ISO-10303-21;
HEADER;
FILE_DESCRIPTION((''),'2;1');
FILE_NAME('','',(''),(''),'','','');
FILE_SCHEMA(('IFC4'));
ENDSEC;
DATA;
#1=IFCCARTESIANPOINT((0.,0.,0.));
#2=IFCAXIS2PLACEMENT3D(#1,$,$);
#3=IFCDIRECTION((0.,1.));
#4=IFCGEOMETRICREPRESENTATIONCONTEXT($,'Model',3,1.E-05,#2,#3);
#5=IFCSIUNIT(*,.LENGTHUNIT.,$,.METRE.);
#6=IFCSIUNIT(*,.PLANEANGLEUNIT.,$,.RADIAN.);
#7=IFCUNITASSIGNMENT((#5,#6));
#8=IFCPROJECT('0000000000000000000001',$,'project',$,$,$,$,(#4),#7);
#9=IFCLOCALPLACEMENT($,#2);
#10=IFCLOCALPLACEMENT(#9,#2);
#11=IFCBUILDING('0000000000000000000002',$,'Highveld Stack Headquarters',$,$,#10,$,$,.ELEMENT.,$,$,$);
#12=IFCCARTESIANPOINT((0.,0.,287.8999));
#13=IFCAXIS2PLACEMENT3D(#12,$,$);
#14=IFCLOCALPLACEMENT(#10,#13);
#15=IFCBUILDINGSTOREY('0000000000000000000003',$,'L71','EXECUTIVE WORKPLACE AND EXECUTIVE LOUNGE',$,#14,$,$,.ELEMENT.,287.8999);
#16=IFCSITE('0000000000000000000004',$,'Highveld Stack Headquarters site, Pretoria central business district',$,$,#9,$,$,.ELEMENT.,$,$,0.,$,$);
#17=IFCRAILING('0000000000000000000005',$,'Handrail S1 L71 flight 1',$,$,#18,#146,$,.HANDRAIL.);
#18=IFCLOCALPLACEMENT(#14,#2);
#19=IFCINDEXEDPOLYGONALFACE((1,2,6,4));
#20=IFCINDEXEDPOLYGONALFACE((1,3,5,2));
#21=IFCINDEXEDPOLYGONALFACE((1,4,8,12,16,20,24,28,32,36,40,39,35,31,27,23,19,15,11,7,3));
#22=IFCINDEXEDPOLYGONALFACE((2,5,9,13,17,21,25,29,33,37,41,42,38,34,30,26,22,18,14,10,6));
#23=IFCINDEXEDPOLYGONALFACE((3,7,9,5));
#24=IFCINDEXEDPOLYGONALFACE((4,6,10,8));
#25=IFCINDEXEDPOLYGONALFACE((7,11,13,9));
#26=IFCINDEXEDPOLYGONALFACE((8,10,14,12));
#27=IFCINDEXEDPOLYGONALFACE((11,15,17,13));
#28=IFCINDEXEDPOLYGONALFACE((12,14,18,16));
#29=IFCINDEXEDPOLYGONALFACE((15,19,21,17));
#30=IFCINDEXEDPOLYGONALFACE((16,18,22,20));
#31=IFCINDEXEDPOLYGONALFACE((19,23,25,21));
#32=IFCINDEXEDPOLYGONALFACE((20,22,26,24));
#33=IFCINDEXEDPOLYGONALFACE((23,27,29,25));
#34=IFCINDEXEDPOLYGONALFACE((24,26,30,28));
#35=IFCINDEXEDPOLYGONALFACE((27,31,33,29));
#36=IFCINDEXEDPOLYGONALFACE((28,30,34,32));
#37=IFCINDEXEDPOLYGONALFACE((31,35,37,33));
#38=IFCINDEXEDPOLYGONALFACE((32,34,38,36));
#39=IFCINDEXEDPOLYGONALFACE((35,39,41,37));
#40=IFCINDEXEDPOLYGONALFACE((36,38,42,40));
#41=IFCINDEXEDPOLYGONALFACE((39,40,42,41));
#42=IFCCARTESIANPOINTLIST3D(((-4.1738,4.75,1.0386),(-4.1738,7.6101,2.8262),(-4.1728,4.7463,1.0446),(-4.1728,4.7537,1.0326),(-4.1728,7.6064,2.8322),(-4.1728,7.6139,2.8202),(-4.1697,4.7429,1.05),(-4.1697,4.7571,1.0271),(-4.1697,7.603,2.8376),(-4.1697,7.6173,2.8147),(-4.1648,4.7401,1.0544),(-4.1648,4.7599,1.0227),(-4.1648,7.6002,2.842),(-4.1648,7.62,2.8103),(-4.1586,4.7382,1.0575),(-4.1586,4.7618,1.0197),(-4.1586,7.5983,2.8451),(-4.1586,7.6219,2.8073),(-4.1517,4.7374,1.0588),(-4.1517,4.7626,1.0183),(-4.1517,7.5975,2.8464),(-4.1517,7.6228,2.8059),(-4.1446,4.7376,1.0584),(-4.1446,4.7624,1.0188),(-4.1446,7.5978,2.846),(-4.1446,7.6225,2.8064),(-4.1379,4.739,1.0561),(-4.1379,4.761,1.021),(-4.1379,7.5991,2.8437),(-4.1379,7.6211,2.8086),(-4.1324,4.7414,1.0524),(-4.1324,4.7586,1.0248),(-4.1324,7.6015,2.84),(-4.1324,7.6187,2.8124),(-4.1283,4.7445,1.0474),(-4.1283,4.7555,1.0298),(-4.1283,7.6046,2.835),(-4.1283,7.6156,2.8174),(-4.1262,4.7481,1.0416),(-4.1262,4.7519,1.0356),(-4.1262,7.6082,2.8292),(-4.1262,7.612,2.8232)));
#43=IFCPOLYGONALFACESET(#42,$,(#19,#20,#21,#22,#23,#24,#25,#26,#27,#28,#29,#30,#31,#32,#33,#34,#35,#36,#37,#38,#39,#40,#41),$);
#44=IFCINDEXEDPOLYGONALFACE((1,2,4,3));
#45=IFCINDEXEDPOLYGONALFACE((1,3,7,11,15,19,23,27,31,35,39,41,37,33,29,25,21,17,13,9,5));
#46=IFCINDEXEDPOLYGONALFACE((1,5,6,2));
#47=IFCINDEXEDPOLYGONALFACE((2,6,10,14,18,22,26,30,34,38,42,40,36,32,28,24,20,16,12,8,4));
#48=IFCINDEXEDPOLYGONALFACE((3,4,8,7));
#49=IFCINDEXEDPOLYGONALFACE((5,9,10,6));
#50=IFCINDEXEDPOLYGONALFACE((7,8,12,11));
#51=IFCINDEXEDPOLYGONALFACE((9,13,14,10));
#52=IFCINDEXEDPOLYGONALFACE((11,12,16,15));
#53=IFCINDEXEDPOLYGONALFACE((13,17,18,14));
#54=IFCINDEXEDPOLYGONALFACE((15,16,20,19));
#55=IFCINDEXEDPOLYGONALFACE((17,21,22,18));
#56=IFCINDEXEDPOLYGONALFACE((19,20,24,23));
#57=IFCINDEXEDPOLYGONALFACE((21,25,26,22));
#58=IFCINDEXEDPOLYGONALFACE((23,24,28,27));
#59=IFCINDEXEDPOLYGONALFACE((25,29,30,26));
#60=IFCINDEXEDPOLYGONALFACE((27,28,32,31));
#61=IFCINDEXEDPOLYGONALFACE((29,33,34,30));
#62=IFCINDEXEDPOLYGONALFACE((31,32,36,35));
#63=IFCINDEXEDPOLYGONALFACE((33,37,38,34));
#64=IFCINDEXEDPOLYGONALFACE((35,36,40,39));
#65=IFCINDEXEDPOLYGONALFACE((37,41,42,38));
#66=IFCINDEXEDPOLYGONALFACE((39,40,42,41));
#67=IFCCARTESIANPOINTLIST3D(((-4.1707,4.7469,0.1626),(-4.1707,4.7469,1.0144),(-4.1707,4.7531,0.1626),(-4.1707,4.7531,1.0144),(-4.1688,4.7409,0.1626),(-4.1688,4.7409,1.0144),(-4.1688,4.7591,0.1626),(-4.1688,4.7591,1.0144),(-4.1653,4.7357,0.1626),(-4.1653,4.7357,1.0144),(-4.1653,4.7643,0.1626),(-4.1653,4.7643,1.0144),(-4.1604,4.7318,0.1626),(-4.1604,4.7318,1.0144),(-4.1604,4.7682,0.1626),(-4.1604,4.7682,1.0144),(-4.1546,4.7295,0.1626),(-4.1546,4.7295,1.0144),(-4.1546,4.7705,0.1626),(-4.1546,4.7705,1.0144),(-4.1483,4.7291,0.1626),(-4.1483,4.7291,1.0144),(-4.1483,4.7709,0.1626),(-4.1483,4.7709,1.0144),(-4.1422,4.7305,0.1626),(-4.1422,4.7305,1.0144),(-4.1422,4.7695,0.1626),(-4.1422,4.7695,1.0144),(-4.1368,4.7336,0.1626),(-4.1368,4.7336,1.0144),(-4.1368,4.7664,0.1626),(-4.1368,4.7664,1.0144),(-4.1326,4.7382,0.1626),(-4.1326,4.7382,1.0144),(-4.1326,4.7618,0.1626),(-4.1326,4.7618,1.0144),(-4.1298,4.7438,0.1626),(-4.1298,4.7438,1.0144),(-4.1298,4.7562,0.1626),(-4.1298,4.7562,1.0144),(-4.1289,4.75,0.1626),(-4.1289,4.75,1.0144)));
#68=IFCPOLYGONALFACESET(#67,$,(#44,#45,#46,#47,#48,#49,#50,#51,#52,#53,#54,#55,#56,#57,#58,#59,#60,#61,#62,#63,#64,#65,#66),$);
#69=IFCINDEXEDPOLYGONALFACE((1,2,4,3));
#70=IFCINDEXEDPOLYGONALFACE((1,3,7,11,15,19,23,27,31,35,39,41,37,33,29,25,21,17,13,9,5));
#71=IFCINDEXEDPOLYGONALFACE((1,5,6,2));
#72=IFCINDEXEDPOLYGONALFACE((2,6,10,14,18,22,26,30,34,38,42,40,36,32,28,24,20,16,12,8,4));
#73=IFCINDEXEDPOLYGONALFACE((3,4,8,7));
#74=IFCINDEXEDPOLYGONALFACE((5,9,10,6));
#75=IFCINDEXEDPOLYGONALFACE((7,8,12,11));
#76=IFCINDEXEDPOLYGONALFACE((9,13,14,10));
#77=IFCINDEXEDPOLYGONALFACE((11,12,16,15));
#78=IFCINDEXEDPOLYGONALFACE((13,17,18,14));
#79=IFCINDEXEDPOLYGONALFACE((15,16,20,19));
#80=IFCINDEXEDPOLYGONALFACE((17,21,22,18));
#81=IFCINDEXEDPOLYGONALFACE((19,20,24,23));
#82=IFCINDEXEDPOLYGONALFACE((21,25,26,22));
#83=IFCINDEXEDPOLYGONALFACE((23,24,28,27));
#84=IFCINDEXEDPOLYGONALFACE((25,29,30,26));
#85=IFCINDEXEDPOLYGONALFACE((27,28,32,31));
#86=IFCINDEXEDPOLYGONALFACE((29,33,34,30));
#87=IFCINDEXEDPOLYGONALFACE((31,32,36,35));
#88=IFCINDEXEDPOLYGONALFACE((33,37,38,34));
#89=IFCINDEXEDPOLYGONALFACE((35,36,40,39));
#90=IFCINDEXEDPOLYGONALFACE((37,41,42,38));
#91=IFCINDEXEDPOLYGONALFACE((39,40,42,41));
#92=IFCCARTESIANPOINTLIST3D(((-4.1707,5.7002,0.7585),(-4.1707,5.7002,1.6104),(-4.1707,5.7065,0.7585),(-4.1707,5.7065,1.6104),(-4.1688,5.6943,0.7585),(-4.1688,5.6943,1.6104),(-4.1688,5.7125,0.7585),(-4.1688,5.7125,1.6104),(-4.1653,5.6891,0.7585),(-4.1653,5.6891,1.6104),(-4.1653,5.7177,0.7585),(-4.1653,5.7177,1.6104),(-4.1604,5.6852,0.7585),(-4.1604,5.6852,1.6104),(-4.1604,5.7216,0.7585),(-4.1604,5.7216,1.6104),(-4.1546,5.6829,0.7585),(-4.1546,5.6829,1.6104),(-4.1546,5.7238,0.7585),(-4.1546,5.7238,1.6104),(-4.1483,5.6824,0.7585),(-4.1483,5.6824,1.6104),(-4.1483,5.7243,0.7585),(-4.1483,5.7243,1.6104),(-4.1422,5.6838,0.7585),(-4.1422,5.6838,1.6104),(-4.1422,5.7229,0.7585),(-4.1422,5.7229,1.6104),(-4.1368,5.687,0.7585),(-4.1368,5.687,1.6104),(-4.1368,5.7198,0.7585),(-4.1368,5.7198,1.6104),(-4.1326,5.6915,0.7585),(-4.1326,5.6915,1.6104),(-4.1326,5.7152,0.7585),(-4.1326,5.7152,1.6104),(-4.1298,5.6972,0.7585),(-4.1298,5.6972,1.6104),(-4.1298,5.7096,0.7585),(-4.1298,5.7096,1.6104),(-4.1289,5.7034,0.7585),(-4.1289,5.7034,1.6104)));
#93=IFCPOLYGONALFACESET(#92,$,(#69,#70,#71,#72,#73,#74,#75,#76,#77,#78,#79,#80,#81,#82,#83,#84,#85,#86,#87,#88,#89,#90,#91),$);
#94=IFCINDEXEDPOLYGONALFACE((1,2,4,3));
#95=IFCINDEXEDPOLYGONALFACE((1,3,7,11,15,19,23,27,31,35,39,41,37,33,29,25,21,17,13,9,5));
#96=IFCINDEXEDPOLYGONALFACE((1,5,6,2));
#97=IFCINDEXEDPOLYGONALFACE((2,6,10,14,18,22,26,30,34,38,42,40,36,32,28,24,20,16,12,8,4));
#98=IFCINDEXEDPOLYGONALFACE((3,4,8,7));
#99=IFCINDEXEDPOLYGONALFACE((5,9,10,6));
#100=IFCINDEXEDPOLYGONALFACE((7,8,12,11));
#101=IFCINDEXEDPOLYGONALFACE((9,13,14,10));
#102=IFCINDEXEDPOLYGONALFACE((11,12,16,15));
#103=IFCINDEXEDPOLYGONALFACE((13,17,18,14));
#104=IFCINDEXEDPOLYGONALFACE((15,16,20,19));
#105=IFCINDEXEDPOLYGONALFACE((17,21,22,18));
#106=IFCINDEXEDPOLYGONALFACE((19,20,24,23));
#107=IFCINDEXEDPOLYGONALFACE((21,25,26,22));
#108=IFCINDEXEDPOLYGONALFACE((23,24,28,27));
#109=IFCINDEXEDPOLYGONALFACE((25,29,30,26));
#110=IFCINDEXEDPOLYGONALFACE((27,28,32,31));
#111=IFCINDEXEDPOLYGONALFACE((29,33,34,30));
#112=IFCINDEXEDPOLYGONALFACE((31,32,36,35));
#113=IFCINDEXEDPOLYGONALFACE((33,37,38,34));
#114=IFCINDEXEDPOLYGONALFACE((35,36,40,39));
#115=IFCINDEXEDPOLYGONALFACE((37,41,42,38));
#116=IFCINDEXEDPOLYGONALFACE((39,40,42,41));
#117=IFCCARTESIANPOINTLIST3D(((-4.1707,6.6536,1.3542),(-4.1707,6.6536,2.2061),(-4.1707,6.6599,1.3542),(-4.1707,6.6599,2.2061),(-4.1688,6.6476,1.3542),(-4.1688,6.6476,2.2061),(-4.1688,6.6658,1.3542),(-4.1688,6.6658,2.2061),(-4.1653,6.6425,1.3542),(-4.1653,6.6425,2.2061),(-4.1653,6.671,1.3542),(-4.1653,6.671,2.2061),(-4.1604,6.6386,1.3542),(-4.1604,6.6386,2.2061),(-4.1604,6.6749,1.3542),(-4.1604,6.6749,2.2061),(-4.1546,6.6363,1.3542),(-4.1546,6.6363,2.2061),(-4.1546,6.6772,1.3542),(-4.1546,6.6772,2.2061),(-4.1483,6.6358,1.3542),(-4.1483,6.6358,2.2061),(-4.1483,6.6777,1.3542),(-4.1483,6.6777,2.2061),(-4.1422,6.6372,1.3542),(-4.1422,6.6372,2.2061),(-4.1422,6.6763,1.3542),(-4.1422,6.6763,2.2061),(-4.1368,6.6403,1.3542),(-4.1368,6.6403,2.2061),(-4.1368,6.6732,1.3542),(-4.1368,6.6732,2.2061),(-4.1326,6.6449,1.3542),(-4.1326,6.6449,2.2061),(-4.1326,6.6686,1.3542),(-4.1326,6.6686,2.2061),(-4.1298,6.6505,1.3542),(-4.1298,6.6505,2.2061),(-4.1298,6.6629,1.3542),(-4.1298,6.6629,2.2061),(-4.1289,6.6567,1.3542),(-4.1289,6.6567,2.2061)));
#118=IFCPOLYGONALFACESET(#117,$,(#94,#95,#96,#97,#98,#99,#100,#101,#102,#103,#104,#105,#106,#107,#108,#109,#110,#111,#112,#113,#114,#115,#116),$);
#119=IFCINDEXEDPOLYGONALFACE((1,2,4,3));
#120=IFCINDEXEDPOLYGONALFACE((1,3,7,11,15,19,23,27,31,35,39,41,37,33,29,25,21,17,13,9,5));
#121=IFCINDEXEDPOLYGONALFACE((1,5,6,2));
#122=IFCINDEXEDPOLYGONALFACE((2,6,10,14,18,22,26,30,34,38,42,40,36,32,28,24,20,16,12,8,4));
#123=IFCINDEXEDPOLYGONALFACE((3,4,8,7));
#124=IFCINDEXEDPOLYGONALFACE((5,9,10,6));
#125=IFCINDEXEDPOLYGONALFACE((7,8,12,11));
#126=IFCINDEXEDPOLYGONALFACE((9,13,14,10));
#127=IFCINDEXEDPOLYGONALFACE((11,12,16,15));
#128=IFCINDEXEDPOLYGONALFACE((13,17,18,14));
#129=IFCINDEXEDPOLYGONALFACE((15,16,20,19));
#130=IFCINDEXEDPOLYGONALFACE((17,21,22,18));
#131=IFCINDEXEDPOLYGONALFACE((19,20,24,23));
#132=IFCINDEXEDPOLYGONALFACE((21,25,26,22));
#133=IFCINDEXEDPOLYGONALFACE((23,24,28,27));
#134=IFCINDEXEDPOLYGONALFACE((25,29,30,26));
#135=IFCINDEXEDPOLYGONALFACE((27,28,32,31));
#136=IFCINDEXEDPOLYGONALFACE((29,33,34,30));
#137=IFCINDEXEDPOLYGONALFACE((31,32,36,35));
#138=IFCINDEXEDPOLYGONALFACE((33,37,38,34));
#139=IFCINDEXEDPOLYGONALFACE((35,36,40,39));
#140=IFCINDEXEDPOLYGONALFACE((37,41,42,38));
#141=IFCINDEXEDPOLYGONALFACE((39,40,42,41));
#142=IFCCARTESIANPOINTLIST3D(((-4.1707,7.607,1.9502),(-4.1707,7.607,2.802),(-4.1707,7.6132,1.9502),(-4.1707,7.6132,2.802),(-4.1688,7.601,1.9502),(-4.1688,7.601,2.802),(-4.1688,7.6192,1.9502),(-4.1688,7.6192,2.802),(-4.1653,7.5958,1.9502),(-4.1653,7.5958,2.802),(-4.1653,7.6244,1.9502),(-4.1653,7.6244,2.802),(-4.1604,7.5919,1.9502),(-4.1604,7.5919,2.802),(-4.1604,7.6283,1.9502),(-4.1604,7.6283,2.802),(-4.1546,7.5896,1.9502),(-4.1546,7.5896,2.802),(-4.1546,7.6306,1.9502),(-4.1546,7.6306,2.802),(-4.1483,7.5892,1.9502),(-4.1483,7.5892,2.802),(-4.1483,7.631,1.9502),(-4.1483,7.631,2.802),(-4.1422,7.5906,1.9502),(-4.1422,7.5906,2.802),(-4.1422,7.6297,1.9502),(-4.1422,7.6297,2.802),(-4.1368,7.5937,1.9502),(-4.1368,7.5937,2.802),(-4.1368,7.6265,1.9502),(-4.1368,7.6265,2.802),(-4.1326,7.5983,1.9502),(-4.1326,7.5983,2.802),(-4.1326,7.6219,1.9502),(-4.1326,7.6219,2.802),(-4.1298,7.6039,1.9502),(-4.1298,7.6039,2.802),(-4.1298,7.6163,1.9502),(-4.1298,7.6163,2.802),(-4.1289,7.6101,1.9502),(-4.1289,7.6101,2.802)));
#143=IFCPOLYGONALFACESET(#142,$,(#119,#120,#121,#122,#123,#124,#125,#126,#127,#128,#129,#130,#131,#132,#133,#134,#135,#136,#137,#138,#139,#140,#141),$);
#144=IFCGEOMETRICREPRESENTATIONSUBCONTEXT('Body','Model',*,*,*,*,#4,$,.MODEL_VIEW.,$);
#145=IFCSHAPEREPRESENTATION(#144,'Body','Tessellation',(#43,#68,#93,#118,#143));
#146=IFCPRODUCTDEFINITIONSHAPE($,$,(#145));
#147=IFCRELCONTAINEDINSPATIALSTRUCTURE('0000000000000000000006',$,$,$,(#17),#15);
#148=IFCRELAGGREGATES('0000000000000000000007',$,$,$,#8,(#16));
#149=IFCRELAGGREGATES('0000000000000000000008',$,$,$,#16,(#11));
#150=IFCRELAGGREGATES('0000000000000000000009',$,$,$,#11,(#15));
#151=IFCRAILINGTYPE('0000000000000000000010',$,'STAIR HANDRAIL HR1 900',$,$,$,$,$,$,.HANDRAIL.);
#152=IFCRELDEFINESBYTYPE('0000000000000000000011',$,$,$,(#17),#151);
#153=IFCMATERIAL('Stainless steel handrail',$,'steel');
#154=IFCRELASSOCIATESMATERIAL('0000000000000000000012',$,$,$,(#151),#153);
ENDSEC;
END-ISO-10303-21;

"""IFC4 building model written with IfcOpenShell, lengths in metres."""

from ifc_helpers import new_model, si_unit, direction, frame, origin, origin_2d, place, context, subcontext, project, spatial, circle, extrude, material, type_object, element, save


model = new_model("IFC4")

# Units and contexts
model_context = context("Model", 3, precision=1e-05, world=origin(), true_north=direction((0.0, 1.0)))
body_context = subcontext(model_context, "Body", "Model", "MODEL_VIEW")
ifc_project = project(units=[si_unit("LENGTHUNIT", "METRE"), si_unit("PLANEANGLEUNIT", "RADIAN")], contexts=[model_context])

# Site, building, storey
site_placement = place(None, origin())
site = spatial("IfcSite", under=ifc_project, at=site_placement, Name="Highveld Stack Headquarters site, Pretoria central business district", CompositionType="ELEMENT", RefElevation=0.0)
building_placement = place(site_placement, origin())
building = spatial("IfcBuilding", under=site, at=building_placement, Name="Highveld Stack Headquarters", CompositionType="ELEMENT")
storey_placement = place(building_placement, frame((0.0, 0.0, 287.8999)))
storey = spatial("IfcBuildingStorey", under=building, at=storey_placement, Name="L71", Description="EXECUTIVE WORKPLACE AND EXECUTIVE LOUNGE", CompositionType="ELEMENT", Elevation=287.8999)

# Railing
ifc_material_1 = material(Name="Stainless steel handrail", Category="steel")
railing_type = type_object("IfcRailingType", Name="STAIR HANDRAIL HR1 900", PredefinedType="HANDRAIL", material=ifc_material_1)
for number, where, name in (
    (1, (-4.1499, 4.75, 0.1626), "Handrail S1 L71 flight 1"),
):
    element("IfcRailing", number, at=place(storey_placement, frame(where)), inside=storey, type_object=railing_type, Name=name, PredefinedType="HANDRAIL", context=body_context, shape_type="SweptSolid", body=[
        extrude(circle(Radius=0.0239, at=origin_2d()), frame((0.0, 0.0, 0.876), z_axis=(0.0, 0.847994, 0.530005), x_axis=(-1.0, 0.0, 0.0)), (0.0, 0.0, 1.0), 3.3728),
        extrude(circle(Radius=0.021, at=origin_2d()), origin(), (0.0, 0.0, 1.0), 0.8518),
        extrude(circle(Radius=0.021, at=origin_2d()), frame((0.0, 0.9534, 0.5959)), (0.0, 0.0, 1.0), 0.8518),
        extrude(circle(Radius=0.021, at=origin_2d()), frame((0.0, 1.9067, 1.1917)), (0.0, 0.0, 1.0), 0.8518),
        extrude(circle(Radius=0.021, at=origin_2d()), frame((0.0, 2.8601, 1.7876)), (0.0, 0.0, 1.0), 0.8518),
    ])

save(model, "model.ifc")
